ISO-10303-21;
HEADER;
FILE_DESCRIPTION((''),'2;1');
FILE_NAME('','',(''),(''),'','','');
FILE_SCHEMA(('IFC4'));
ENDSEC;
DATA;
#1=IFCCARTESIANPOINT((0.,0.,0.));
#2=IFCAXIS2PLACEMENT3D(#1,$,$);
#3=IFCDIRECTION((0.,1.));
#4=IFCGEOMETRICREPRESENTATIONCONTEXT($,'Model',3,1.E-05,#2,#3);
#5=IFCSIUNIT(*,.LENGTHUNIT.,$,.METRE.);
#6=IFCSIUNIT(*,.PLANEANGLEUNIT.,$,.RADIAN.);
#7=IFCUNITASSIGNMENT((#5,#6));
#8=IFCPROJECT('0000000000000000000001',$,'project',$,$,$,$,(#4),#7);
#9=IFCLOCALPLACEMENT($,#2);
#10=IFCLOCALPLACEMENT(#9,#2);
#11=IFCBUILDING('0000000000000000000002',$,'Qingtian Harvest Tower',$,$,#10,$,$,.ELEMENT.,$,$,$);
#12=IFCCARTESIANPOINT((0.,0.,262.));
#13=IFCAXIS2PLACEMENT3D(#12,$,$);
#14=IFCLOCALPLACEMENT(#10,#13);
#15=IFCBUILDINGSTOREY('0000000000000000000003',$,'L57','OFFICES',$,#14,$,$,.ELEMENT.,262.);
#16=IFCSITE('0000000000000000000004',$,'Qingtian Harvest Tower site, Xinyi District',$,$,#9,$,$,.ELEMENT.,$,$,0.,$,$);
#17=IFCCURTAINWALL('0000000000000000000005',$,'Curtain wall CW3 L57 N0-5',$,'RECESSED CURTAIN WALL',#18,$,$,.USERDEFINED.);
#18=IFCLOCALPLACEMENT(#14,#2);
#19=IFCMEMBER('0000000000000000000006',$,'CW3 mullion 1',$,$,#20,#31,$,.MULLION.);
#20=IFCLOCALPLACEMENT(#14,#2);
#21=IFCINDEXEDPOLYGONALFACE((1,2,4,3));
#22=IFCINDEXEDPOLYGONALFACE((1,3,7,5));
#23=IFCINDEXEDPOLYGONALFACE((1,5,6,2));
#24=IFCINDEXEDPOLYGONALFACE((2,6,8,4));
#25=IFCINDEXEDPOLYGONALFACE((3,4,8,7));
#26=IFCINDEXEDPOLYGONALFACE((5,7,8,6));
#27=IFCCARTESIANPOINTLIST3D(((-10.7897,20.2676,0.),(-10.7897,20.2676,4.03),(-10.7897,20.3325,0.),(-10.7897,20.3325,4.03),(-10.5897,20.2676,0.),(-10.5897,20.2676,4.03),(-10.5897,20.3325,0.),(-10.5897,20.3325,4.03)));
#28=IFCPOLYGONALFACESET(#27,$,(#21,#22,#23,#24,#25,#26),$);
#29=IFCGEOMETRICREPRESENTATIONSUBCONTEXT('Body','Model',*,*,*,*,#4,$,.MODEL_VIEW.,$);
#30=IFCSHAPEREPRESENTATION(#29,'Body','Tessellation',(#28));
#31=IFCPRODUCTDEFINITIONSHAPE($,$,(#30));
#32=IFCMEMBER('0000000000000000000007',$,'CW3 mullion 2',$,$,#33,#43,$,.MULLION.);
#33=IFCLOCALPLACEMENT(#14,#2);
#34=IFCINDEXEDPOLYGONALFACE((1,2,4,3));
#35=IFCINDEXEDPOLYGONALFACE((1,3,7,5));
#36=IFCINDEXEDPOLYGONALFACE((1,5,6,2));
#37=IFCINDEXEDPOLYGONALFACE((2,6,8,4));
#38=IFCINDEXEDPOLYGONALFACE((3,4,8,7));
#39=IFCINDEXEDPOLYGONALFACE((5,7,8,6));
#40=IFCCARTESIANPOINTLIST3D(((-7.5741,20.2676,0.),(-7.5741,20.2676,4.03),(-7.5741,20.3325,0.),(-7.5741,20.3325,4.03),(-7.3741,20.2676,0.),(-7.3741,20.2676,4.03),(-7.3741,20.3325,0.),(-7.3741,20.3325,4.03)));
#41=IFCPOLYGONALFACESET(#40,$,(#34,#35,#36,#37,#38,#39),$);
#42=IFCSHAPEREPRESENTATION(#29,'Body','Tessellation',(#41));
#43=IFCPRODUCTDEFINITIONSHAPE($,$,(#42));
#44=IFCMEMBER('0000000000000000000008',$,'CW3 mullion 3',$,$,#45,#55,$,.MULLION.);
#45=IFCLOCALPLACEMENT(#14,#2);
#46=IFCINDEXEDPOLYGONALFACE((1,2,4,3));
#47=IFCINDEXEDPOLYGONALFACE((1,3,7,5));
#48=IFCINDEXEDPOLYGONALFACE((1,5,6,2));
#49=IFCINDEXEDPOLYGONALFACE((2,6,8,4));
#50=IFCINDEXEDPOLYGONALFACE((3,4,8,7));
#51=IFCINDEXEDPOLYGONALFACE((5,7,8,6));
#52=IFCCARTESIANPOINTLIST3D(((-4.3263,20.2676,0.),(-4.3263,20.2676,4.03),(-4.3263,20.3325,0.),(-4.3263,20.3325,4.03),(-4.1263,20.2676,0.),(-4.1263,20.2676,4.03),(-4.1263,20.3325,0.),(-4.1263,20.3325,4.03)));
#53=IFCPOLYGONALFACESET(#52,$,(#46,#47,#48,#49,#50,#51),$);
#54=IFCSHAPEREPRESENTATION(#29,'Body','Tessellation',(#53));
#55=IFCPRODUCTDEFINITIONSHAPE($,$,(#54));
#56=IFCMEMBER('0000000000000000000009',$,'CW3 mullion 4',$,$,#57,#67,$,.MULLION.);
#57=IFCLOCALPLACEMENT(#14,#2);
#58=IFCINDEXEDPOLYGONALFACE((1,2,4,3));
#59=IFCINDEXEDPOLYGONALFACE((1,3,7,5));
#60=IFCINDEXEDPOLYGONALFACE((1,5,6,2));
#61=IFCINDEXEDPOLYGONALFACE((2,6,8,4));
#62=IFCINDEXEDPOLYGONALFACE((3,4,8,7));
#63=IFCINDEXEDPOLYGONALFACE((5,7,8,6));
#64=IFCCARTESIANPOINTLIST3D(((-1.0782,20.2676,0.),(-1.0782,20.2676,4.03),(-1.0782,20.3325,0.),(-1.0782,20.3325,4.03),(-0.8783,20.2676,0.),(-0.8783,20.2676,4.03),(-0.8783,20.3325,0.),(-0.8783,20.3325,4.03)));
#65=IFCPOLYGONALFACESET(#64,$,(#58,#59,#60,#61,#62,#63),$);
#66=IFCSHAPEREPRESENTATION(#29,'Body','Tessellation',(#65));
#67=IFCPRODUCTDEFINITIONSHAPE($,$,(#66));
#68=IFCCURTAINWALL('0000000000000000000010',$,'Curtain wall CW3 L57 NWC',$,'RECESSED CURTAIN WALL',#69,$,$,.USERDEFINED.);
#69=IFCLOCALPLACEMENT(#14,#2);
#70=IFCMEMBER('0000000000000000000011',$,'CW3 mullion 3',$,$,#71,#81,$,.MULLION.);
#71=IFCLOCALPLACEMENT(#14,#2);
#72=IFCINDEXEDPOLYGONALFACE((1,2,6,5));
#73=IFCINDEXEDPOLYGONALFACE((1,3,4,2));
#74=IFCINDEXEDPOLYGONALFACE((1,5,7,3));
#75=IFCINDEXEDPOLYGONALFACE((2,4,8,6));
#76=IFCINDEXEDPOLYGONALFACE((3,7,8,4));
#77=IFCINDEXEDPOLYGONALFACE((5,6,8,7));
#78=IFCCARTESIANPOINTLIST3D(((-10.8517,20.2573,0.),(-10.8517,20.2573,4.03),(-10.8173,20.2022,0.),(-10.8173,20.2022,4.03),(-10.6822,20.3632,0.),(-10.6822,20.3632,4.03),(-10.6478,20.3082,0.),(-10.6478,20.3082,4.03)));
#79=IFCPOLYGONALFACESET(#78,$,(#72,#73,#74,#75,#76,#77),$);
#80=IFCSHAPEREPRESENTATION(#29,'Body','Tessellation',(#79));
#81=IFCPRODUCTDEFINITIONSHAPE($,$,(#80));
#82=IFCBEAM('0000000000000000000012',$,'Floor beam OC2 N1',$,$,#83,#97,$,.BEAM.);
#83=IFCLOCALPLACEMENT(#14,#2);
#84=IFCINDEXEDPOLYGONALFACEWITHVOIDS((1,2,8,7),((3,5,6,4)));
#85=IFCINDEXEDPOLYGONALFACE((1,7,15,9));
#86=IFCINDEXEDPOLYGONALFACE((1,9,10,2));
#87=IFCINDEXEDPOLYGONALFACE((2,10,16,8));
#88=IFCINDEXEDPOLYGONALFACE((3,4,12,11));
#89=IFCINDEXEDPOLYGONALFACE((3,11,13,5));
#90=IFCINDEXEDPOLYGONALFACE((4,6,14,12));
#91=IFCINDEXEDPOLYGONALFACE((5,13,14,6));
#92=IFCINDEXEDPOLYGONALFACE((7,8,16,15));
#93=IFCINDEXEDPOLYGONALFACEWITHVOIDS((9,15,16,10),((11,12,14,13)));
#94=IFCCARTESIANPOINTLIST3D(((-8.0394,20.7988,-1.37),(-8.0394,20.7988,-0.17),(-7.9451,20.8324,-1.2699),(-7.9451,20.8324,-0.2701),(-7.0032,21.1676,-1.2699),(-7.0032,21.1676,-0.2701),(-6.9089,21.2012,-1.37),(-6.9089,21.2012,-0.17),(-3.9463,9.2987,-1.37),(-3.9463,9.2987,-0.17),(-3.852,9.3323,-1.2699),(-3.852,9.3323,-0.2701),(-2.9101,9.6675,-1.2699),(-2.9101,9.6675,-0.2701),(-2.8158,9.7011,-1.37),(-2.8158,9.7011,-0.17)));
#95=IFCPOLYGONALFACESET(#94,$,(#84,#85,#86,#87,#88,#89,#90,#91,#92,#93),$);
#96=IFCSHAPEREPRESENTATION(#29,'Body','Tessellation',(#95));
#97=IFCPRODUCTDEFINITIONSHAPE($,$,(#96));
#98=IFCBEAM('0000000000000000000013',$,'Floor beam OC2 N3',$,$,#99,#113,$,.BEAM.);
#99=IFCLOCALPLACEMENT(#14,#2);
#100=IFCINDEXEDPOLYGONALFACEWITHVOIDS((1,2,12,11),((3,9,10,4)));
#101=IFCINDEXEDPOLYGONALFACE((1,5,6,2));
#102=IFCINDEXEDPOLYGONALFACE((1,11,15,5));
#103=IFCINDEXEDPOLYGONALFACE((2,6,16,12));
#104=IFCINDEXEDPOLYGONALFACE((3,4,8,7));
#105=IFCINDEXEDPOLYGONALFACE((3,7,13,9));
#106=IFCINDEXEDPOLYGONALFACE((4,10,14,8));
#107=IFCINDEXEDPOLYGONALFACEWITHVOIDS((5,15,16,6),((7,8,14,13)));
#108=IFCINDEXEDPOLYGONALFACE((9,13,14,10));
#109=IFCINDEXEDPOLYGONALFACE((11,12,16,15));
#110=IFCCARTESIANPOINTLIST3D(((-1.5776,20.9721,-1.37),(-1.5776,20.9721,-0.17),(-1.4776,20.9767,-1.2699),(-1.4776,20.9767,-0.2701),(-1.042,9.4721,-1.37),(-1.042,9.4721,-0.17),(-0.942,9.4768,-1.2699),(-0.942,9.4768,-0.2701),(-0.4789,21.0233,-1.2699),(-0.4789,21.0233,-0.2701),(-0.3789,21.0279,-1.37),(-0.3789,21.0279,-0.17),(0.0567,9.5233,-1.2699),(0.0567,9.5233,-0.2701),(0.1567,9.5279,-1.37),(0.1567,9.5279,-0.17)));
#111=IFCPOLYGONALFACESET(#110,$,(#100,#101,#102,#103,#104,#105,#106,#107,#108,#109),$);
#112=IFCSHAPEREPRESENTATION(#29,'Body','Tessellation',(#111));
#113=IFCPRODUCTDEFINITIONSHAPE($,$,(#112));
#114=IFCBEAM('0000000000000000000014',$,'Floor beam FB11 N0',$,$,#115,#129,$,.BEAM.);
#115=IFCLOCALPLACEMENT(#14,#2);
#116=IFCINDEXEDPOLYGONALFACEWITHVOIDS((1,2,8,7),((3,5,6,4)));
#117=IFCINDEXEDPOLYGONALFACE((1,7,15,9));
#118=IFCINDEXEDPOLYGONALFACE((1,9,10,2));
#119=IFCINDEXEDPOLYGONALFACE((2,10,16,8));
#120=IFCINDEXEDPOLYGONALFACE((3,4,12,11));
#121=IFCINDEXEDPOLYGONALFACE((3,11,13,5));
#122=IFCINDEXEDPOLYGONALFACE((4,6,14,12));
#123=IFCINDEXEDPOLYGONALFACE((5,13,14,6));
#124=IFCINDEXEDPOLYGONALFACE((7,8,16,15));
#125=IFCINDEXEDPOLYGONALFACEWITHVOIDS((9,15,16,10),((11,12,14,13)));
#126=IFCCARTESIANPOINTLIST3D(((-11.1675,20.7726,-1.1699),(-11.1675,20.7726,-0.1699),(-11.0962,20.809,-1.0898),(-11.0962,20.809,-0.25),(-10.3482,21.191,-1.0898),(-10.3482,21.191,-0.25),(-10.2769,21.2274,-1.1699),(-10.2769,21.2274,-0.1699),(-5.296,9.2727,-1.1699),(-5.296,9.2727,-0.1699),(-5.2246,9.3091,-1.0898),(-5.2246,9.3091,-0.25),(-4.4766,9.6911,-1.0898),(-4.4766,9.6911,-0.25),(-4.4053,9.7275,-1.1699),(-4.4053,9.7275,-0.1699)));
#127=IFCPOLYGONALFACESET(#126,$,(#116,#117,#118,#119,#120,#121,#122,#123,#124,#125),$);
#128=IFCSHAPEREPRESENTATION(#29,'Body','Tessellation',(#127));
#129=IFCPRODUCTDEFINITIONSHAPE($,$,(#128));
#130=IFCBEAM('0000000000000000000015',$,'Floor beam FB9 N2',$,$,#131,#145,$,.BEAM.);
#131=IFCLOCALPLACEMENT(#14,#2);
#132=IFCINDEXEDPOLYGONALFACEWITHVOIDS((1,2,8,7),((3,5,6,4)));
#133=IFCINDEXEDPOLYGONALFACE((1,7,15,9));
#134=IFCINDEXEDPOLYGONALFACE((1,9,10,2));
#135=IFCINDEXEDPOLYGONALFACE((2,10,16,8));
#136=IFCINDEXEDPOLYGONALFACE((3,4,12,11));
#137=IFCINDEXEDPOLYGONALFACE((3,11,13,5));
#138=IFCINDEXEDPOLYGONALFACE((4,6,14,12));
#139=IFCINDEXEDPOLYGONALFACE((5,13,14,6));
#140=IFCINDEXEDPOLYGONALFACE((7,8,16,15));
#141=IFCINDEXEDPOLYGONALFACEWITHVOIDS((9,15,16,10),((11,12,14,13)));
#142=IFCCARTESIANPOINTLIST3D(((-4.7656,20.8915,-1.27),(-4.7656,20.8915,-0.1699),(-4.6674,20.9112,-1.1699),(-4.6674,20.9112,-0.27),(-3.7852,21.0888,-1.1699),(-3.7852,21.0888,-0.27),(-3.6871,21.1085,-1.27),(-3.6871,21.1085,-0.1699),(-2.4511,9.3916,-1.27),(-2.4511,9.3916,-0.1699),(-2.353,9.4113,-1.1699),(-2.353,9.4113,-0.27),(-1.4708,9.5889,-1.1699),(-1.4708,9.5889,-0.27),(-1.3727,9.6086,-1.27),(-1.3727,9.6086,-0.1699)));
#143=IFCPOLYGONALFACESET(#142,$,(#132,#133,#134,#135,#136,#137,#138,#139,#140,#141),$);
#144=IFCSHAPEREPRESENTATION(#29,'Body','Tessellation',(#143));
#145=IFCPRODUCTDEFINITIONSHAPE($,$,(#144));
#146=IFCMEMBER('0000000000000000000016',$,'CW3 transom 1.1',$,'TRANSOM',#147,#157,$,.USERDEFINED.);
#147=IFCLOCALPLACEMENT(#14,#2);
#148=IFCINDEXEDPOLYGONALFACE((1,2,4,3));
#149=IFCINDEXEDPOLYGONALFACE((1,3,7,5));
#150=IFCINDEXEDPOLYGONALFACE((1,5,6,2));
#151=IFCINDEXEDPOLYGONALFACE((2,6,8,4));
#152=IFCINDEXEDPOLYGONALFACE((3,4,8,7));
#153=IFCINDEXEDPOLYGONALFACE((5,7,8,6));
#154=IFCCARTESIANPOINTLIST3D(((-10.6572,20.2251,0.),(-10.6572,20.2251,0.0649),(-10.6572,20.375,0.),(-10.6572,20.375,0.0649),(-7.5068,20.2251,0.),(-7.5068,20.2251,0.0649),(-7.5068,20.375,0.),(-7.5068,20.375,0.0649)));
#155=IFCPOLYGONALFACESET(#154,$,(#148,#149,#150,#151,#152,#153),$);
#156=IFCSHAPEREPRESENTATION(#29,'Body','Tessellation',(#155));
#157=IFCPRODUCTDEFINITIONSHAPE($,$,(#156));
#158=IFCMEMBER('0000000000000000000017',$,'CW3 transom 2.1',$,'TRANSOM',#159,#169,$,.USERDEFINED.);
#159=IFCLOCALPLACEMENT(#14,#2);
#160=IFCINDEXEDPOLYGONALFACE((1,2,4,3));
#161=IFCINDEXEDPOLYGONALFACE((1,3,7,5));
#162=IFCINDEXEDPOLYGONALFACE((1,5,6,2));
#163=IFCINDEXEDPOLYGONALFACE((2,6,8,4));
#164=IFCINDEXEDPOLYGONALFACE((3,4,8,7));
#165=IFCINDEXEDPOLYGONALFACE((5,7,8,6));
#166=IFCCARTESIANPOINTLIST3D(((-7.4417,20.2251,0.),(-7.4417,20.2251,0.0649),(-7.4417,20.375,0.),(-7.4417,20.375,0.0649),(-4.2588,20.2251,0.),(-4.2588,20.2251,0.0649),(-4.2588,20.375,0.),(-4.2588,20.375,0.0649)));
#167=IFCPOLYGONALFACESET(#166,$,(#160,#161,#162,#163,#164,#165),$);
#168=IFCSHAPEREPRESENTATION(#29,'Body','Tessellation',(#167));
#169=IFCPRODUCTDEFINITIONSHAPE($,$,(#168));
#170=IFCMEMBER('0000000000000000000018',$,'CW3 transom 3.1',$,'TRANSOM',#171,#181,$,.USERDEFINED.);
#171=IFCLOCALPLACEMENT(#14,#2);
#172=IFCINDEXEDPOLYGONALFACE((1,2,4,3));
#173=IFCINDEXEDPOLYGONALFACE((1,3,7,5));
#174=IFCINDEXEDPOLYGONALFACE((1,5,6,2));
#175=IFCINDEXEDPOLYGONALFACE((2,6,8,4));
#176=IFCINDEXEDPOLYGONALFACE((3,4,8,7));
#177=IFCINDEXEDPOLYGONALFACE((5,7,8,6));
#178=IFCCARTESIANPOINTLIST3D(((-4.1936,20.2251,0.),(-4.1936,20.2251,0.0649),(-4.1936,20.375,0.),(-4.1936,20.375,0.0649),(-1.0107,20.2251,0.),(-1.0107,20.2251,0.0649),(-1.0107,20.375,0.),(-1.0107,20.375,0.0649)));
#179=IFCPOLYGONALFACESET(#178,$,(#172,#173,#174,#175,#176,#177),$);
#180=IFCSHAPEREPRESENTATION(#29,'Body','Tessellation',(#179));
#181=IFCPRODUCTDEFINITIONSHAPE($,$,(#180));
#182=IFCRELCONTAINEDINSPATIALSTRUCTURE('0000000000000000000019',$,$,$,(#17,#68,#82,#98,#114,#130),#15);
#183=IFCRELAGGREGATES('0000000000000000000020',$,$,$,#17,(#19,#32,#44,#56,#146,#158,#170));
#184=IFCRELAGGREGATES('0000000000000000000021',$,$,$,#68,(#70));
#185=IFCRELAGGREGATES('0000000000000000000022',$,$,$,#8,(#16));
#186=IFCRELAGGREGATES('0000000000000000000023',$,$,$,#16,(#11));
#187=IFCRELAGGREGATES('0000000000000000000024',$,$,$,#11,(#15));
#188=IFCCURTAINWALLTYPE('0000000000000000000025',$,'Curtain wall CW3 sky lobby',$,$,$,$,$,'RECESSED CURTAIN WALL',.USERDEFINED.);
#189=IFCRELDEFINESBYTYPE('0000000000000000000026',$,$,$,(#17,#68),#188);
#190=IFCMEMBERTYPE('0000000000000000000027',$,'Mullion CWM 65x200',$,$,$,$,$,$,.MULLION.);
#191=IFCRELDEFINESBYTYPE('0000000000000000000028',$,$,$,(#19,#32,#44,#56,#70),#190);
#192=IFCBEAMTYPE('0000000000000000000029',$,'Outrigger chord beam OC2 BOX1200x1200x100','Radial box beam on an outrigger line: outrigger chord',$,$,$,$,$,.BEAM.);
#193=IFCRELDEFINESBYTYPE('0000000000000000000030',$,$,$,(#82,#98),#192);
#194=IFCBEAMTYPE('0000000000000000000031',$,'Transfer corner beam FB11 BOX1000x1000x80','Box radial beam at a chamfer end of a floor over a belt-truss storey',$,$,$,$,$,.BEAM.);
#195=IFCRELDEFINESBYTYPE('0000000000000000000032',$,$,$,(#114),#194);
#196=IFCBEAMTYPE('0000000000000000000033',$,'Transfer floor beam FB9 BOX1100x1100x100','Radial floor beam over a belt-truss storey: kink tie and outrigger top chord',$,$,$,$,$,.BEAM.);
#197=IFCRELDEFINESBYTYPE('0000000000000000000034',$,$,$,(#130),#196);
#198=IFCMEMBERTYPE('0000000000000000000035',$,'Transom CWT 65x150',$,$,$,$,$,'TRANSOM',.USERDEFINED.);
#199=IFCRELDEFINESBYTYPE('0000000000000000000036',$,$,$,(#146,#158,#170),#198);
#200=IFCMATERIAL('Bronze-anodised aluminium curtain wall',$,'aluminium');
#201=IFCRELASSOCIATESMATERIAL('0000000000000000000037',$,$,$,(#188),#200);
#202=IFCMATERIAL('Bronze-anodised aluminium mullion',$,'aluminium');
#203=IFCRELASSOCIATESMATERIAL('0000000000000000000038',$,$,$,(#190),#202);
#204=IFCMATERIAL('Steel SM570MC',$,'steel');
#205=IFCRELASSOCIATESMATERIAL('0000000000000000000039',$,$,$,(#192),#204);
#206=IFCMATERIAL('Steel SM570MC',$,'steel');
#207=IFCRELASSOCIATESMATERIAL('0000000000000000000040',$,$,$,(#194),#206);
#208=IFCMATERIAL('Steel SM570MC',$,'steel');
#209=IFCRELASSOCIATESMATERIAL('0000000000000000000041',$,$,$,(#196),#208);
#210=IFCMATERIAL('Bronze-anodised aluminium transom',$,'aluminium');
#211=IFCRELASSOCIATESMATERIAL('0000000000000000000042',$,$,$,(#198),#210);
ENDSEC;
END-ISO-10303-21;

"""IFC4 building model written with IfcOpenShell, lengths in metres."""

from ifc_helpers import new_model, si_unit, direction, frame, origin, origin_2d, place, context, subcontext, project, spatial, rectangle, hollow_rectangle, extrude, material, material_profile, profile_set, type_object, element, aggregate, save


model = new_model("IFC4")

# Units and contexts
model_context = context("Model", 3, precision=1e-05, world=origin(), true_north=direction((0.0, 1.0)))
body_context = subcontext(model_context, "Body", "Model", "MODEL_VIEW")
ifc_project = project(units=[si_unit("LENGTHUNIT", "METRE"), si_unit("PLANEANGLEUNIT", "RADIAN")], contexts=[model_context])

# Site, building, storey
site_placement = place(None, origin())
site = spatial("IfcSite", under=ifc_project, at=site_placement, Name="Qingtian Harvest Tower site, Xinyi District", CompositionType="ELEMENT", RefElevation=0.0)
building_placement = place(site_placement, origin())
building = spatial("IfcBuilding", under=site, at=building_placement, Name="Qingtian Harvest Tower", CompositionType="ELEMENT")
storey_placement = place(building_placement, frame((0.0, 0.0, 262.0)))
storey = spatial("IfcBuildingStorey", under=building, at=storey_placement, Name="L57", Description="OFFICES", CompositionType="ELEMENT", Elevation=262.0)

# Curtain wall, members
ifc_material_1 = material(Name="Bronze-anodised aluminium curtain wall", Category="aluminium")
curtain_wall_type = type_object("IfcCurtainWallType", Name="Curtain wall CW3 sky lobby", ElementType="RECESSED CURTAIN WALL", PredefinedType="USERDEFINED", material=ifc_material_1)
curtain_wall_1_placement = place(storey_placement, origin())
curtain_wall_1 = element("IfcCurtainWall", 1, at=curtain_wall_1_placement, inside=storey, type_object=curtain_wall_type, Name="Curtain wall CW3 L57 N0-5", ObjectType="RECESSED CURTAIN WALL", PredefinedType="USERDEFINED")
ifc_material_2 = material(Name="Bronze-anodised aluminium mullion", Category="aluminium")
ifc_material_profile_1 = material_profile(ifc_material_2, rectangle(XDim=0.0649, YDim=0.2, at=origin_2d()), Name="AL 65x200")
ifc_profile_set_1 = profile_set([ifc_material_profile_1], Name="Bronze-anodised aluminium mullion")
member_type_1 = type_object("IfcMemberType", Name="Mullion CWM 65x200", PredefinedType="MULLION", material=ifc_profile_set_1)
member_1_placement = place(storey_placement, frame((-10.6897, 20.3, 0.0), z_axis=(0.0, 0.0, 1.0), x_axis=(0.0, 1.0, 0.0)))
member_1 = element("IfcMember", 2, at=member_1_placement, type_object=member_type_1, Name="CW3 mullion 1", PredefinedType="MULLION", context=body_context, shape_type="SweptSolid", body=[
    extrude(rectangle(XDim=0.0649, YDim=0.2, at=origin_2d()), origin(), (0.0, 0.0, 1.0), 4.03),
])
member_2_placement = place(storey_placement, frame((-7.4741, 20.3, 0.0), z_axis=(0.0, 0.0, 1.0), x_axis=(0.0, 1.0, 0.0)))
member_2 = element("IfcMember", 3, at=member_2_placement, type_object=member_type_1, Name="CW3 mullion 2", PredefinedType="MULLION", context=body_context, shape_type="SweptSolid", body=[
    extrude(rectangle(XDim=0.0649, YDim=0.2, at=origin_2d()), origin(), (0.0, 0.0, 1.0), 4.03),
])
member_3_placement = place(storey_placement, frame((-4.2263, 20.3, 0.0), z_axis=(0.0, 0.0, 1.0), x_axis=(0.0, 1.0, 0.0)))
member_3 = element("IfcMember", 4, at=member_3_placement, type_object=member_type_1, Name="CW3 mullion 3", PredefinedType="MULLION", context=body_context, shape_type="SweptSolid", body=[
    extrude(rectangle(XDim=0.0649, YDim=0.2, at=origin_2d()), origin(), (0.0, 0.0, 1.0), 4.03),
])
member_4_placement = place(storey_placement, frame((-0.9783, 20.3, 0.0), z_axis=(0.0, 0.0, 1.0), x_axis=(0.0, 1.0, 0.0)))
member_4 = element("IfcMember", 5, at=member_4_placement, type_object=member_type_1, Name="CW3 mullion 4", PredefinedType="MULLION", context=body_context, shape_type="SweptSolid", body=[
    extrude(rectangle(XDim=0.0649, YDim=0.2, at=origin_2d()), origin(), (0.0, 0.0, 1.0), 4.03),
])

# Curtain wall, member
curtain_wall_2_placement = place(storey_placement, origin())
curtain_wall_2 = element("IfcCurtainWall", 6, at=curtain_wall_2_placement, inside=storey, type_object=curtain_wall_type, Name="Curtain wall CW3 L57 NWC", ObjectType="RECESSED CURTAIN WALL", PredefinedType="USERDEFINED")
member_5_placement = place(storey_placement, frame((-10.7498, 20.2827, 0.0), z_axis=(0.0, 0.0, 1.0), x_axis=(-0.529919, 0.848048, 0.0)))
member_5 = element("IfcMember", 7, at=member_5_placement, type_object=member_type_1, Name="CW3 mullion 3", PredefinedType="MULLION", context=body_context, shape_type="SweptSolid", body=[
    extrude(rectangle(XDim=0.0649, YDim=0.2, at=origin_2d()), origin(), (0.0, 0.0, 1.0), 4.03),
])

# Beams
ifc_material_3 = material(Name="Steel SM570MC", Category="steel")
ifc_material_profile_2 = material_profile(ifc_material_3, hollow_rectangle(XDim=1.2, YDim=1.2, WallThickness=0.1001, at=origin_2d()), Name="BOX1200x1200x100")
ifc_profile_set_2 = profile_set([ifc_material_profile_2], Name="Steel SM570MC")
beam_type_1 = type_object("IfcBeamType", Name="Outrigger chord beam OC2 BOX1200x1200x100", Description="Radial box beam on an outrigger line: outrigger chord", PredefinedType="BEAM", material=ifc_profile_set_2)
beam_1_placement = place(storey_placement, frame((-7.4741, 21.0, -0.77), z_axis=(0.33531, -0.942108, 0.0), x_axis=(0.942108, 0.33531, 0.0)))
element("IfcBeam", 8, at=beam_1_placement, inside=storey, type_object=beam_type_1, Name="Floor beam OC2 N1", PredefinedType="BEAM", context=body_context, shape_type="SweptSolid", body=[
    extrude(hollow_rectangle(XDim=1.2, YDim=1.2, WallThickness=0.1001, at=origin_2d()), origin(), (0.0, 0.0, 1.0), 12.2068),
])
beam_2_placement = place(storey_placement, frame((-0.9783, 21.0, -0.77), z_axis=(0.046527, -0.998917, 0.0), x_axis=(0.998917, 0.046527, 0.0)))
element("IfcBeam", 9, at=beam_2_placement, inside=storey, type_object=beam_type_1, Name="Floor beam OC2 N3", PredefinedType="BEAM", context=body_context, shape_type="SweptSolid", body=[
    extrude(hollow_rectangle(XDim=1.2, YDim=1.2, WallThickness=0.1001, at=origin_2d()), origin(), (0.0, 0.0, 1.0), 11.5125),
])
ifc_material_4 = material(Name="Steel SM570MC", Category="steel")
ifc_material_profile_3 = material_profile(ifc_material_4, hollow_rectangle(XDim=1.0, YDim=1.0, WallThickness=0.0801, at=origin_2d()), Name="BOX1000x1000x80")
ifc_profile_set_3 = profile_set([ifc_material_profile_3], Name="Steel SM570MC")
beam_type_2 = type_object("IfcBeamType", Name="Transfer corner beam FB11 BOX1000x1000x80", Description="Box radial beam at a chamfer end of a floor over a belt-truss storey", PredefinedType="BEAM", material=ifc_profile_set_3)
beam_3_placement = place(storey_placement, frame((-10.7222, 21.0, -0.6699), z_axis=(0.454731, -0.890629, 0.0), x_axis=(0.890629, 0.454731, 0.0)))
element("IfcBeam", 10, at=beam_3_placement, inside=storey, type_object=beam_type_2, Name="Floor beam FB11 N0", PredefinedType="BEAM", context=body_context, shape_type="SweptSolid", body=[
    extrude(hollow_rectangle(XDim=1.0, YDim=1.0, WallThickness=0.0801, at=origin_2d()), origin(), (0.0, 0.0, 1.0), 12.9121),
])
ifc_material_5 = material(Name="Steel SM570MC", Category="steel")
ifc_material_profile_4 = material_profile(ifc_material_5, hollow_rectangle(XDim=1.1001, YDim=1.1001, WallThickness=0.1001, at=origin_2d()), Name="BOX1100x1100x100")
ifc_profile_set_4 = profile_set([ifc_material_profile_4], Name="Steel SM570MC")
beam_type_3 = type_object("IfcBeamType", Name="Transfer floor beam FB9 BOX1100x1100x100", Description="Radial floor beam over a belt-truss storey: kink tie and outrigger top chord", PredefinedType="BEAM", material=ifc_profile_set_4)
beam_4_placement = place(storey_placement, frame((-4.2263, 21.0, -0.72), z_axis=(0.197301, -0.980343, 0.0), x_axis=(0.980343, 0.197301, 0.0)))
element("IfcBeam", 11, at=beam_4_placement, inside=storey, type_object=beam_type_3, Name="Floor beam FB9 N2", PredefinedType="BEAM", context=body_context, shape_type="SweptSolid", body=[
    extrude(hollow_rectangle(XDim=1.1001, YDim=1.1001, WallThickness=0.1001, at=origin_2d()), origin(), (0.0, 0.0, 1.0), 11.7305),
])

# Members
ifc_material_6 = material(Name="Bronze-anodised aluminium transom", Category="aluminium")
ifc_material_profile_5 = material_profile(ifc_material_6, rectangle(XDim=0.1499, YDim=0.0649, at=origin_2d()), Name="AL 65x150")
ifc_profile_set_5 = profile_set([ifc_material_profile_5], Name="Bronze-anodised aluminium transom")
member_type_2 = type_object("IfcMemberType", Name="Transom CWT 65x150", ElementType="TRANSOM", PredefinedType="USERDEFINED", material=ifc_profile_set_5)
member_6_placement = place(storey_placement, frame((-10.6572, 20.3, 0.0325), z_axis=(1.0, 0.0, 0.0), x_axis=(0.0, 1.0, 0.0)))
member_6 = element("IfcMember", 12, at=member_6_placement, type_object=member_type_2, Name="CW3 transom 1.1", ObjectType="TRANSOM", PredefinedType="USERDEFINED", context=body_context, shape_type="SweptSolid", body=[
    extrude(rectangle(XDim=0.1499, YDim=0.0649, at=origin_2d()), origin(), (0.0, 0.0, 1.0), 3.1504),
])
member_7_placement = place(storey_placement, frame((-7.4417, 20.3, 0.0325), z_axis=(1.0, 0.0, 0.0), x_axis=(0.0, 1.0, 0.0)))
member_7 = element("IfcMember", 13, at=member_7_placement, type_object=member_type_2, Name="CW3 transom 2.1", ObjectType="TRANSOM", PredefinedType="USERDEFINED", context=body_context, shape_type="SweptSolid", body=[
    extrude(rectangle(XDim=0.1499, YDim=0.0649, at=origin_2d()), origin(), (0.0, 0.0, 1.0), 3.1829),
])
member_8_placement = place(storey_placement, frame((-4.1936, 20.3, 0.0325), z_axis=(1.0, 0.0, 0.0), x_axis=(0.0, 1.0, 0.0)))
member_8 = element("IfcMember", 14, at=member_8_placement, type_object=member_type_2, Name="CW3 transom 3.1", ObjectType="TRANSOM", PredefinedType="USERDEFINED", context=body_context, shape_type="SweptSolid", body=[
    extrude(rectangle(XDim=0.1499, YDim=0.0649, at=origin_2d()), origin(), (0.0, 0.0, 1.0), 3.1829),
])

aggregate(curtain_wall_1, [member_1, member_2, member_3, member_4, member_6, member_7, member_8])
aggregate(curtain_wall_2, [member_5])

save(model, "model.ifc")
